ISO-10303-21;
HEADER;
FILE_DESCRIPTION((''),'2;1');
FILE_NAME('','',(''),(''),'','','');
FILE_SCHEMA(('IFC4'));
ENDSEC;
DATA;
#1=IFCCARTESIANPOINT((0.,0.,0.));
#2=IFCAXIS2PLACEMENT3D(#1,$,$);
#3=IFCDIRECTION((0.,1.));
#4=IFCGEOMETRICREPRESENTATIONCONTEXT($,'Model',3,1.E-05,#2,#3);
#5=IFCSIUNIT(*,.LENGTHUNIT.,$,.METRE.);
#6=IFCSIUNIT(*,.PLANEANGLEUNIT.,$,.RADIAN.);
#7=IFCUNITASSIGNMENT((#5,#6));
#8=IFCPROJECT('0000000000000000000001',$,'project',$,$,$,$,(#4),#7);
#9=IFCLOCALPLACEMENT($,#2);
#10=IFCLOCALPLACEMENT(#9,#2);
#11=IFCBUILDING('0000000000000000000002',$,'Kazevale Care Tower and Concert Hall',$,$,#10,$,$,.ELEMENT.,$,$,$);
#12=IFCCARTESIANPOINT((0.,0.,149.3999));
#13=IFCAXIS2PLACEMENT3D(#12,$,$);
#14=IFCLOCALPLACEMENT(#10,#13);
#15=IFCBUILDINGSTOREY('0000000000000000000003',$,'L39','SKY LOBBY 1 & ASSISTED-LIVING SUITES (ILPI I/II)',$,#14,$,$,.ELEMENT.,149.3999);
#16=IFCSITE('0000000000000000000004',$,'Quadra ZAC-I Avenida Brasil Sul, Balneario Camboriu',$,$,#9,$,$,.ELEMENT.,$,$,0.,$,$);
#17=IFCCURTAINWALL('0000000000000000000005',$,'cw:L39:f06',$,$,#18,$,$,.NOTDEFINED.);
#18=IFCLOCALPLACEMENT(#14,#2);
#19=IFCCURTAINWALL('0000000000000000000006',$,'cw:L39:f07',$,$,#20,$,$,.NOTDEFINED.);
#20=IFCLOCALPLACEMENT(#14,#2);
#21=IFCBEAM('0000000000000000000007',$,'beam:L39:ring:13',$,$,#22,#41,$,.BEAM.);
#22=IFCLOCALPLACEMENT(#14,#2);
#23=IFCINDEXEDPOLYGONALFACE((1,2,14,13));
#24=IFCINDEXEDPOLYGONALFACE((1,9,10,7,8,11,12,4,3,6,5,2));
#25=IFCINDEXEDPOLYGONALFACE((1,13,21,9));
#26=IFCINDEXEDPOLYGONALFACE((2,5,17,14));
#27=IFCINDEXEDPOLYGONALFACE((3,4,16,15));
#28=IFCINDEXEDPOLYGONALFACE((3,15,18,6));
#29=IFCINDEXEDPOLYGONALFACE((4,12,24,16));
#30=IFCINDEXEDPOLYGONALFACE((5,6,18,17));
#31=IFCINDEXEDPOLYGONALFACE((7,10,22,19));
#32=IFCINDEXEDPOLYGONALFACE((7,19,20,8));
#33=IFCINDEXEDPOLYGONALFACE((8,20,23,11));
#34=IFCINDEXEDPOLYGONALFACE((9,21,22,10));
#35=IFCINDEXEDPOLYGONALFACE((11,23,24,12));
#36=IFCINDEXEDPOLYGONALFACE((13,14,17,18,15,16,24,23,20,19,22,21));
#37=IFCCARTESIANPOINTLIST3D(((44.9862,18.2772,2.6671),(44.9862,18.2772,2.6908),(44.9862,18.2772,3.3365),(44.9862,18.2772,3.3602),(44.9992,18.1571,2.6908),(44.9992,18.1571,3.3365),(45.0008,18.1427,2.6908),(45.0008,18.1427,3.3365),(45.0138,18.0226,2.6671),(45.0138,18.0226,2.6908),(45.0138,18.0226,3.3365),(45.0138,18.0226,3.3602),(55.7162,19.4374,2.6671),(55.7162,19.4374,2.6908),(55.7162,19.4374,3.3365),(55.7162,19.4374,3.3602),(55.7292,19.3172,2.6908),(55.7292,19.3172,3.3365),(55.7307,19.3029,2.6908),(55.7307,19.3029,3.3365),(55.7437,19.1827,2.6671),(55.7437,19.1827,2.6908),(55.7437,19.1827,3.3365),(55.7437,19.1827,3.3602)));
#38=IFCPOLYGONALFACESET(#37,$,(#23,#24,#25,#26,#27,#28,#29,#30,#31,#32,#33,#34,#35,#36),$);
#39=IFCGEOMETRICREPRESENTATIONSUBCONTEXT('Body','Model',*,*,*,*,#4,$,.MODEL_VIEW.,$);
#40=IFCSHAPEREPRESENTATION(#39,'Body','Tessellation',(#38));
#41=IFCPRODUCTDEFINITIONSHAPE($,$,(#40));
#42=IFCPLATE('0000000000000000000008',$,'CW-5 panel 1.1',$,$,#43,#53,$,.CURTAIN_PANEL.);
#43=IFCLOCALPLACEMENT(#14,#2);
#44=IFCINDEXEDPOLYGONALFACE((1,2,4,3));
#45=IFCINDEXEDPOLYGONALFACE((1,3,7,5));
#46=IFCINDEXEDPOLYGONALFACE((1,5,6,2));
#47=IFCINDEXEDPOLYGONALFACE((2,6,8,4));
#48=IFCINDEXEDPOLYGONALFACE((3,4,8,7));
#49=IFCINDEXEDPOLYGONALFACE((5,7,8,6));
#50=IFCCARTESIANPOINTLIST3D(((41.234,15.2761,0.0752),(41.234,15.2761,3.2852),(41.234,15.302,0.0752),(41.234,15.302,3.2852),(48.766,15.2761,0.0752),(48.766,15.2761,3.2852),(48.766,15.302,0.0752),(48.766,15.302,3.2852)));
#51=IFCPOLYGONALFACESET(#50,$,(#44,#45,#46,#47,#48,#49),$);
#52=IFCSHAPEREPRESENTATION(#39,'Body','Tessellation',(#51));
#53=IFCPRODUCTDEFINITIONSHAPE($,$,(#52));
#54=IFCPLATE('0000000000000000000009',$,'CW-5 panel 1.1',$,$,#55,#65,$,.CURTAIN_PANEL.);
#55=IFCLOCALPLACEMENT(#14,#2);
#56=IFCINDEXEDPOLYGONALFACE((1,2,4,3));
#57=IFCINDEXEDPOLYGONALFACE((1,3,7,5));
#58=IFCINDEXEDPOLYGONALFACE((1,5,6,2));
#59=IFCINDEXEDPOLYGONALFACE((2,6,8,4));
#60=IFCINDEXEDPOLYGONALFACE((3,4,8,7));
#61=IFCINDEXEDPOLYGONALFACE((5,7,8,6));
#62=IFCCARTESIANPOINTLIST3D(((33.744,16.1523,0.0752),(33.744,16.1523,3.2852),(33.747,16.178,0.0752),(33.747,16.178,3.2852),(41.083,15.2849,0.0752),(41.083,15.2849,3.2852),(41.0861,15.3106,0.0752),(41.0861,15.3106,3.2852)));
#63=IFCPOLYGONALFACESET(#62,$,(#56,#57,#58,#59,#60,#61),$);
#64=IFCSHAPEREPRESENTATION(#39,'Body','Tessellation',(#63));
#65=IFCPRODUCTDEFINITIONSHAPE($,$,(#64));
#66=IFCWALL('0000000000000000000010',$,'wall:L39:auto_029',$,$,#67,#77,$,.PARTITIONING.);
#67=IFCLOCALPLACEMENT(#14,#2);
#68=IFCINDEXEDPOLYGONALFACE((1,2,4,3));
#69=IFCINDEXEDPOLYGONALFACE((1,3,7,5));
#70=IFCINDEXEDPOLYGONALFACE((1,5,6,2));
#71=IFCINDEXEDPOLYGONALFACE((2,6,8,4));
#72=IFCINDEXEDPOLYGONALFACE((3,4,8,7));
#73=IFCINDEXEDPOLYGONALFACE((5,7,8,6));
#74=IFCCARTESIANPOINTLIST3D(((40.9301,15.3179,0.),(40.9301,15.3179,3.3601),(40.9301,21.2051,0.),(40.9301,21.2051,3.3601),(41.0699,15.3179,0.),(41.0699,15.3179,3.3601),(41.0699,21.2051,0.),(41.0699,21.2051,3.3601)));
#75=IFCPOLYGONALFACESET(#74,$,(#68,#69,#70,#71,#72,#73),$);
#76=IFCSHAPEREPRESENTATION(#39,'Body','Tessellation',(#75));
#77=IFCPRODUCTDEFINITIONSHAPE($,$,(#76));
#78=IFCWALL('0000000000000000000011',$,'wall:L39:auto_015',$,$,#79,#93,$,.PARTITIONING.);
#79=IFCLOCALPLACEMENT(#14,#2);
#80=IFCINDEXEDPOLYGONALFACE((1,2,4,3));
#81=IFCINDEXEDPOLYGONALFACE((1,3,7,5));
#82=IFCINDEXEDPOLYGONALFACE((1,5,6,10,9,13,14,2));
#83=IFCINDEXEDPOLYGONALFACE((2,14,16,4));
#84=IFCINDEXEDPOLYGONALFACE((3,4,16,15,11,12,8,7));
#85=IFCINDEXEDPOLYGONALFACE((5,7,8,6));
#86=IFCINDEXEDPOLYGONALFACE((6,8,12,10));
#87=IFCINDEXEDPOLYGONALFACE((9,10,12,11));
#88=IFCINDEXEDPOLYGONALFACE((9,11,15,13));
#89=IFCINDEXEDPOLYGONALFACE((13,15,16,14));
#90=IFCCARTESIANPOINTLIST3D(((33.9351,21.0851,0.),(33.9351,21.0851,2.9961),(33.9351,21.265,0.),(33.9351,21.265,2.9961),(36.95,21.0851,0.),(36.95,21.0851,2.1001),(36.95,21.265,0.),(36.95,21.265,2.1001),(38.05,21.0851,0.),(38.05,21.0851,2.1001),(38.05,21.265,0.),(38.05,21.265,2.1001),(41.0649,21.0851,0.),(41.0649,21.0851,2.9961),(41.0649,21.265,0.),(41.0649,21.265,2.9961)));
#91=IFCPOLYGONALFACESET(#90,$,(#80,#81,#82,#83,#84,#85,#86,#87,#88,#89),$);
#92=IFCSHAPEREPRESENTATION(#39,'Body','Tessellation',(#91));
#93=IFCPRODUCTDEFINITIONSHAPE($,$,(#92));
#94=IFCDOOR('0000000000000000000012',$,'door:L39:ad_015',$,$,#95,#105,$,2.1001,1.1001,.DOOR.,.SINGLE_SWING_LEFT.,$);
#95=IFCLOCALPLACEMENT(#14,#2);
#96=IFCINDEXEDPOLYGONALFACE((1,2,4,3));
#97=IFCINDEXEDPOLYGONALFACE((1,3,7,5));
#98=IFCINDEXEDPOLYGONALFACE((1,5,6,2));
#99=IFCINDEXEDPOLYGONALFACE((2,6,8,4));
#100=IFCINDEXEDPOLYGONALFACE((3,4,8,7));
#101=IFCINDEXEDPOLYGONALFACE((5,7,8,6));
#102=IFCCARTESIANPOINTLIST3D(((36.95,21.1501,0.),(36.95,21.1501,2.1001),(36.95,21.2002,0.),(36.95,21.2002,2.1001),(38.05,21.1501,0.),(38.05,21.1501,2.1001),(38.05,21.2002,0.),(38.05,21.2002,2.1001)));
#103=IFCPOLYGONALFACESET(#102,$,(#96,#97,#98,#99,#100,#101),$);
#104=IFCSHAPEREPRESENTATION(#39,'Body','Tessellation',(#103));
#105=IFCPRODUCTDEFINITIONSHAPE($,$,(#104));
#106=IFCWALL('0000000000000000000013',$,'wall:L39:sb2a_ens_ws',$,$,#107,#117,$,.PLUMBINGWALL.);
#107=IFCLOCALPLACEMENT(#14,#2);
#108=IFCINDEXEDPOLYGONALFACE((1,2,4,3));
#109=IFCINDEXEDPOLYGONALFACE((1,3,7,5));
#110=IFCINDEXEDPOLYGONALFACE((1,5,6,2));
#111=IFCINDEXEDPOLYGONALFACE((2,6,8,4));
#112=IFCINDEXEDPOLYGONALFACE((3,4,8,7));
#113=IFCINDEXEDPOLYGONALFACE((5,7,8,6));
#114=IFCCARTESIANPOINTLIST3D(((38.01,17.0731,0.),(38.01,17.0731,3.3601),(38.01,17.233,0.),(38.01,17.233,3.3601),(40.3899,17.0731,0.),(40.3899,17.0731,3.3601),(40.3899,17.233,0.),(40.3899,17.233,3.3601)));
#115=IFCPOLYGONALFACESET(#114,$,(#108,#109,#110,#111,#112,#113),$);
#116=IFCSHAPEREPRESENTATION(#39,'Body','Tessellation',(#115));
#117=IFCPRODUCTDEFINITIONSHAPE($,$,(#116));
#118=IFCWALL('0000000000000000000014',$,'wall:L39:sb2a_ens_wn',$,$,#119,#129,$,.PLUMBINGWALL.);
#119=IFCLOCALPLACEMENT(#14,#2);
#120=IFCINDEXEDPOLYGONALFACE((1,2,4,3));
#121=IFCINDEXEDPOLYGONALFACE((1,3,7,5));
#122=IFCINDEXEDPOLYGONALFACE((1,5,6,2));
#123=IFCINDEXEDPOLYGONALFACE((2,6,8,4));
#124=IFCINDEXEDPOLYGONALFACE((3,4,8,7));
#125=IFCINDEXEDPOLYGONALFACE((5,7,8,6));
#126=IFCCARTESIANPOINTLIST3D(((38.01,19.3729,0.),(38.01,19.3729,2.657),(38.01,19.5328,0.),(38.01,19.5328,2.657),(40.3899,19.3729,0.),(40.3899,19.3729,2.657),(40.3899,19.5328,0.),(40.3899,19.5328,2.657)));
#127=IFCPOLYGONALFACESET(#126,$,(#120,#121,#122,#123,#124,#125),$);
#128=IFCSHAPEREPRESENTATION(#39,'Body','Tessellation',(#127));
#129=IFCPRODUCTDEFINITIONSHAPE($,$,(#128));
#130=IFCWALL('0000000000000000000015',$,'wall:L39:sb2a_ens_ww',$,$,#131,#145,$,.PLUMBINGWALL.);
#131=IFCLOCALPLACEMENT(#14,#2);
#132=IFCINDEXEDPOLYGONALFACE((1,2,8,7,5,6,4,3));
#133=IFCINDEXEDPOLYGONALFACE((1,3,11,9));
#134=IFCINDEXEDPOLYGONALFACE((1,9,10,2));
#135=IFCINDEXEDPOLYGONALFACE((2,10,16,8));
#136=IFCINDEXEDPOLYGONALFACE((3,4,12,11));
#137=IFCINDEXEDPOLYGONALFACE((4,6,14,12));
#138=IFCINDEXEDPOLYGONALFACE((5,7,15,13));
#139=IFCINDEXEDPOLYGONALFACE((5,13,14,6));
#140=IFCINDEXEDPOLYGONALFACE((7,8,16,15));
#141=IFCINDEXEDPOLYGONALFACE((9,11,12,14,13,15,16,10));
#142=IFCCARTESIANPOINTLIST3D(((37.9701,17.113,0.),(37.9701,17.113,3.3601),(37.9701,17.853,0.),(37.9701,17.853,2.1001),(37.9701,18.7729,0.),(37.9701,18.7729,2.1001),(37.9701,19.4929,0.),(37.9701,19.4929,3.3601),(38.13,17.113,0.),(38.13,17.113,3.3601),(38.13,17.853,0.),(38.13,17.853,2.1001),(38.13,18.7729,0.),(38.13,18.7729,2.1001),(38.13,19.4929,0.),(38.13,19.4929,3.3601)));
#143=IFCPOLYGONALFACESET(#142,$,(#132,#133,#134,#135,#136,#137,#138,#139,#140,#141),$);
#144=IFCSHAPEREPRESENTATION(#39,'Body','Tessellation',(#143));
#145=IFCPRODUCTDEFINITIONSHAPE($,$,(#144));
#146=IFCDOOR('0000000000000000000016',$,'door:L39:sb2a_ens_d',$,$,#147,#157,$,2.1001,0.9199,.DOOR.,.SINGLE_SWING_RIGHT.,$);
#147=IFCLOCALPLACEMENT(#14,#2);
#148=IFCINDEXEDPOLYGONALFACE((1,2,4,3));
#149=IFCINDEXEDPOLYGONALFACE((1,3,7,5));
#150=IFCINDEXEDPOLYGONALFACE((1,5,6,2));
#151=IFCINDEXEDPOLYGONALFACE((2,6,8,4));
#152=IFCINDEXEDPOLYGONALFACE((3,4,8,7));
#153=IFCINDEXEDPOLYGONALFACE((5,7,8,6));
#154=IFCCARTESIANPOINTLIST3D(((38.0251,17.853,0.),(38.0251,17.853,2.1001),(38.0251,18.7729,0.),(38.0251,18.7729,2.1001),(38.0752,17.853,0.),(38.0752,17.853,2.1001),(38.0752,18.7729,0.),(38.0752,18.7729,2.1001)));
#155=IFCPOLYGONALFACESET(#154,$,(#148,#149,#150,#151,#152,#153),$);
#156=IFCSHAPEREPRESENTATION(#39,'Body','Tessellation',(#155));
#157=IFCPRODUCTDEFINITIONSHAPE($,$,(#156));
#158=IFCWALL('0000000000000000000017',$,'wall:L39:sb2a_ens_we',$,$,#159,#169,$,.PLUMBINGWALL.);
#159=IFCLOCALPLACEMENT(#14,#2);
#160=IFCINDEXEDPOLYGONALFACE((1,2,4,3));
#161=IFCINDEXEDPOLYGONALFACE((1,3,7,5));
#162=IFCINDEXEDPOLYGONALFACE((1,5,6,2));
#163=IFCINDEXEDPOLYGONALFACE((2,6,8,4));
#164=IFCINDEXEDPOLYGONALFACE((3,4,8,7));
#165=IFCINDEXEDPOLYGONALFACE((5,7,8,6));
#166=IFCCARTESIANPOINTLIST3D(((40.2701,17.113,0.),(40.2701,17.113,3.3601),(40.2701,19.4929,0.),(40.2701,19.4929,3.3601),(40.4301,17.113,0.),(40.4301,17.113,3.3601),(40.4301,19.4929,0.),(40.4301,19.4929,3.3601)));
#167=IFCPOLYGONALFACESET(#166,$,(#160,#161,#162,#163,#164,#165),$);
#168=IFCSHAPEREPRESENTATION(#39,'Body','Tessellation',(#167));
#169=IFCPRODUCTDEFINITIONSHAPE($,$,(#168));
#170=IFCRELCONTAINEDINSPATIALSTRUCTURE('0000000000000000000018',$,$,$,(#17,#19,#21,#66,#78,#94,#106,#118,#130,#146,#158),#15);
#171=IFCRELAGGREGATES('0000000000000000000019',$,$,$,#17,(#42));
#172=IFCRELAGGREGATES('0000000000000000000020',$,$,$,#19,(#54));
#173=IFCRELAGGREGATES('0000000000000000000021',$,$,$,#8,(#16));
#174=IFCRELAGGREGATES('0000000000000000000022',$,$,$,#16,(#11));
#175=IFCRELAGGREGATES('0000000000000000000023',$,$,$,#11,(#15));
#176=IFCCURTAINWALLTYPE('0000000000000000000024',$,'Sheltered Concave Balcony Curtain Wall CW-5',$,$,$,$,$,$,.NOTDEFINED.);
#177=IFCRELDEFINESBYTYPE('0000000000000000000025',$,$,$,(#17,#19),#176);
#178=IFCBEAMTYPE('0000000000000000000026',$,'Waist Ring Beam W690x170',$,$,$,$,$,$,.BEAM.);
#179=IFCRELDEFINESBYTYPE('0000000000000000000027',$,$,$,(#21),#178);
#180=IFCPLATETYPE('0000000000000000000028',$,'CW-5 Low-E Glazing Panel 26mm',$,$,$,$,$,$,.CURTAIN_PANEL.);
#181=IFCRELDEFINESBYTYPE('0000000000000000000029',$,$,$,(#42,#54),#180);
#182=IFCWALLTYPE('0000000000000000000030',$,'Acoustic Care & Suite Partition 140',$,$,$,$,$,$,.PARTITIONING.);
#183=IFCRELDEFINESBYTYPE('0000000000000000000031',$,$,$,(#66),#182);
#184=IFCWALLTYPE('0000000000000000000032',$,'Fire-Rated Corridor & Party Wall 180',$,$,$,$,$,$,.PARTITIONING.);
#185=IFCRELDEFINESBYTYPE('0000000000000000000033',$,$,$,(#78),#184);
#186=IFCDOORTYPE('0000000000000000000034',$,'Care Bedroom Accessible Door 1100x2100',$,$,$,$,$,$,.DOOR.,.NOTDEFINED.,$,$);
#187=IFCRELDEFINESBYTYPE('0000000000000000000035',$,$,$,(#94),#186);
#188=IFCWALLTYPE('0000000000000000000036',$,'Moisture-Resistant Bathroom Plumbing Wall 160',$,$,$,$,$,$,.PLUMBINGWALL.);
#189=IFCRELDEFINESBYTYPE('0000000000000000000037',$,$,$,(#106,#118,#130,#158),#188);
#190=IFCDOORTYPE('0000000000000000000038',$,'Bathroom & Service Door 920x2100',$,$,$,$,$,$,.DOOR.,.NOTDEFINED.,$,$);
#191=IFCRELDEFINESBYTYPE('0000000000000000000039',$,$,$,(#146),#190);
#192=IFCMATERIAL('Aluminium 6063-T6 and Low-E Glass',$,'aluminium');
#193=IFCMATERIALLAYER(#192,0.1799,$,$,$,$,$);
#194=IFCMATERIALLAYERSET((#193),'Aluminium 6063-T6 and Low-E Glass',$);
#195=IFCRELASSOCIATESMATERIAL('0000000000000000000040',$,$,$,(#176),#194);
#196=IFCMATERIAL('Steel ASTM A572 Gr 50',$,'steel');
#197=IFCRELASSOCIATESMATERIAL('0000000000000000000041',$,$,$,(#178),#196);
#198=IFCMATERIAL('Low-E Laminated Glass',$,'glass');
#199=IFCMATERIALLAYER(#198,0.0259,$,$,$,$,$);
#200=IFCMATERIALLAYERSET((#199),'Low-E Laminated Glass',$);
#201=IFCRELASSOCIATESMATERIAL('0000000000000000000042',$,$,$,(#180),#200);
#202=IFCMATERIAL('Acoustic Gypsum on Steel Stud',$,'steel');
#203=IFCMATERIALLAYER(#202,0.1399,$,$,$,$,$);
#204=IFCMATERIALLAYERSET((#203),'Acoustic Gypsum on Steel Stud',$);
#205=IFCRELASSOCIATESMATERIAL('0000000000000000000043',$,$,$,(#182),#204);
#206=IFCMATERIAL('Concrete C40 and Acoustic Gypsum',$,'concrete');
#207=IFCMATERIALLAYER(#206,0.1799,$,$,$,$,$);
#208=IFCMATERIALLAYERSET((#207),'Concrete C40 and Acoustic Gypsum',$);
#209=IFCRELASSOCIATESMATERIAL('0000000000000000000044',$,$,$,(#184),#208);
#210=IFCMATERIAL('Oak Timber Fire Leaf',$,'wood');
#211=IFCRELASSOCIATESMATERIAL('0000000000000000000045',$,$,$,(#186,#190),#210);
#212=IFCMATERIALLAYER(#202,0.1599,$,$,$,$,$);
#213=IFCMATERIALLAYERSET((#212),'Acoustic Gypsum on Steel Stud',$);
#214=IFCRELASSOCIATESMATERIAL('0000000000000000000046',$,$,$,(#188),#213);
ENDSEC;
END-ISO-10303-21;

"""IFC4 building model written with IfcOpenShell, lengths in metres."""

from ifc_helpers import new_model, si_unit, direction, frame, frame_2d, origin, origin_2d, place, context, subcontext, project, spatial, rectangle, i_section, extrude, material, layer, layer_set, material_profile, profile_set, type_object, element, fill, aggregate, save


model = new_model("IFC4")

# Units and contexts
model_context = context("Model", 3, precision=1e-05, world=origin(), true_north=direction((0.0, 1.0)))
body_context = subcontext(model_context, "Body", "Model", "MODEL_VIEW")
ifc_project = project(units=[si_unit("LENGTHUNIT", "METRE"), si_unit("PLANEANGLEUNIT", "RADIAN")], contexts=[model_context])

# Site, building, storey
site_placement = place(None, origin())
site = spatial("IfcSite", under=ifc_project, at=site_placement, Name="Quadra ZAC-I Avenida Brasil Sul, Balneario Camboriu", CompositionType="ELEMENT", RefElevation=0.0)
building_placement = place(site_placement, origin())
building = spatial("IfcBuilding", under=site, at=building_placement, Name="Kazevale Care Tower and Concert Hall", CompositionType="ELEMENT")
storey_placement = place(building_placement, frame((0.0, 0.0, 149.3999)))
storey = spatial("IfcBuildingStorey", under=building, at=storey_placement, Name="L39", Description="SKY LOBBY 1 & ASSISTED-LIVING SUITES (ILPI I/II)", CompositionType="ELEMENT", Elevation=149.3999)

# Curtain wall
ifc_material_1 = material(Name="Aluminium 6063-T6 and Low-E Glass", Category="aluminium")
ifc_layer_1 = layer(ifc_material_1, 0.1799)
ifc_layer_set_1 = layer_set([ifc_layer_1], Name="Aluminium 6063-T6 and Low-E Glass")
curtain_wall_type = type_object("IfcCurtainWallType", Name="Sheltered Concave Balcony Curtain Wall CW-5", PredefinedType="NOTDEFINED", material=ifc_layer_set_1)
curtain_wall_1_placement = place(storey_placement, origin())
curtain_wall_1 = element("IfcCurtainWall", 1, at=curtain_wall_1_placement, inside=storey, type_object=curtain_wall_type, Name="cw:L39:f06", PredefinedType="NOTDEFINED")

# Curtain wall
curtain_wall_2_placement = place(storey_placement, origin())
curtain_wall_2 = element("IfcCurtainWall", 2, at=curtain_wall_2_placement, inside=storey, type_object=curtain_wall_type, Name="cw:L39:f07", PredefinedType="NOTDEFINED")

# Beam
ifc_material_2 = material(Name="Steel ASTM A572 Gr 50", Category="steel")
ifc_material_profile_1 = material_profile(ifc_material_2, i_section(OverallWidth=0.2561, OverallDepth=0.6931, WebThickness=0.0144, FlangeThickness=0.0237, at=origin_2d()), Name="W690x170")
ifc_profile_set_1 = profile_set([ifc_material_profile_1], Name="Steel ASTM A572 Gr 50")
beam_type_1 = type_object("IfcBeamType", Name="Waist Ring Beam W690x170", PredefinedType="BEAM", material=ifc_profile_set_1)
beam_1_placement = place(storey_placement, frame((45.0, 18.1499, 3.0137), z_axis=(0.994205, 0.107496, 0.0), x_axis=(-0.107496, 0.994205, 0.0)))
element("IfcBeam", 3, at=beam_1_placement, inside=storey, type_object=beam_type_1, Name="beam:L39:ring:13", PredefinedType="BEAM", context=body_context, shape_type="SweptSolid", body=[
    extrude(i_section(OverallWidth=0.2561, OverallDepth=0.6931, WebThickness=0.0144, FlangeThickness=0.0237, at=origin_2d()), origin(), (0.0, 0.0, 1.0), 10.7925),
])

# Plates
ifc_material_3 = material(Name="Low-E Laminated Glass", Category="glass")
ifc_layer_2 = layer(ifc_material_3, 0.0259)
ifc_layer_set_2 = layer_set([ifc_layer_2], Name="Low-E Laminated Glass")
plate_type = type_object("IfcPlateType", Name="CW-5 Low-E Glazing Panel 26mm", PredefinedType="CURTAIN_PANEL", material=ifc_layer_set_2)
plate_1_placement = place(storey_placement, frame((45.0, 15.2891, 0.0752), z_axis=(0.0, 0.0, 1.0), x_axis=(-1.0, 0.0, 0.0)))
plate_1 = element("IfcPlate", 4, at=plate_1_placement, type_object=plate_type, Name="CW-5 panel 1.1", PredefinedType="CURTAIN_PANEL", context=body_context, shape_type="SweptSolid", body=[
    extrude(rectangle(XDim=7.532, YDim=0.0259, at=origin_2d()), origin(), (0.0, 0.0, 1.0), 3.21),
])
aggregate(curtain_wall_1, [plate_1])
plate_2_placement = place(storey_placement, frame((37.415, 15.7314, 0.0752), z_axis=(0.0, 0.0, 1.0), x_axis=(-0.993088, 0.117372, 0.0)))
plate_2 = element("IfcPlate", 5, at=plate_2_placement, type_object=plate_type, Name="CW-5 panel 1.1", PredefinedType="CURTAIN_PANEL", context=body_context, shape_type="SweptSolid", body=[
    extrude(rectangle(XDim=7.3901, YDim=0.0259, at=origin_2d()), origin(), (0.0, 0.0, 1.0), 3.21),
])
aggregate(curtain_wall_2, [plate_2])

# Wall
ifc_material_4 = material(Name="Acoustic Gypsum on Steel Stud", Category="steel")
ifc_layer_3 = layer(ifc_material_4, 0.1399)
ifc_layer_set_3 = layer_set([ifc_layer_3], Name="Acoustic Gypsum on Steel Stud")
wall_type_1 = type_object("IfcWallType", Name="Acoustic Care & Suite Partition 140", PredefinedType="PARTITIONING", material=ifc_layer_set_3)
wall_1_placement = place(storey_placement, frame((41.0, 21.2051, 0.0), z_axis=(0.0, 0.0, 1.0), x_axis=(0.0, -1.0, 0.0)))
element("IfcWall", 6, at=wall_1_placement, inside=storey, type_object=wall_type_1, Name="wall:L39:auto_029", PredefinedType="PARTITIONING", context=body_context, shape_type="SweptSolid", body=[
    extrude(rectangle(XDim=5.8872, YDim=0.1399, at=frame_2d((2.9436, 0.0))), origin(), (0.0, 0.0, 1.0), 3.3601),
])

# Wall, opening, door
ifc_material_5 = material(Name="Concrete C40 and Acoustic Gypsum", Category="concrete")
ifc_layer_4 = layer(ifc_material_5, 0.1799)
ifc_layer_set_4 = layer_set([ifc_layer_4], Name="Concrete C40 and Acoustic Gypsum")
wall_type_2 = type_object("IfcWallType", Name="Fire-Rated Corridor & Party Wall 180", PredefinedType="PARTITIONING", material=ifc_layer_set_4)
wall_2_placement = place(storey_placement, frame((41.0649, 21.175, 0.0), z_axis=(0.0, 0.0, 1.0), x_axis=(-1.0, 0.0, 0.0)))
wall_2 = element("IfcWall", 7, at=wall_2_placement, inside=storey, type_object=wall_type_2, Name="wall:L39:auto_015", PredefinedType="PARTITIONING", context=body_context, shape_type="SweptSolid", body=[
    extrude(rectangle(XDim=7.1299, YDim=0.1799, at=frame_2d((3.5649, 0.0))), origin(), (0.0, 0.0, 1.0), 2.9961),
])
opening_1_placement = place(wall_2_placement, frame((3.0149, 0.0, 0.0)))
opening_1 = element("IfcOpeningElement", 8, at=opening_1_placement, cuts=wall_2, PredefinedType="OPENING", context=body_context, shape_type="SweptSolid", body=[
    extrude(rectangle(XDim=1.1001, YDim=2.1001, at=frame_2d((0.55, 1.05))), frame((0.0, 0.0999, 0.0), z_axis=(0.0, -1.0, 0.0), x_axis=(1.0, 0.0, 0.0)), (0.0, 0.0, 1.0), 0.2),
])
ifc_material_6 = material(Name="Oak Timber Fire Leaf", Category="wood")
door_type_1 = type_object("IfcDoorType", Name="Care Bedroom Accessible Door 1100x2100", OperationType="NOTDEFINED", PredefinedType="DOOR", material=ifc_material_6)
door_1_placement = place(opening_1_placement, origin())
door_1 = element("IfcDoor", 9, at=door_1_placement, inside=storey, type_object=door_type_1, Name="door:L39:ad_015", OperationType="SINGLE_SWING_LEFT", OverallHeight=2.1001, OverallWidth=1.1001, PredefinedType="DOOR", context=body_context, shape_type="SweptSolid", body=[
    extrude(rectangle(XDim=1.1001, YDim=2.1001, at=frame_2d((0.55, 1.05))), frame((0.0, 0.0249, 0.0), z_axis=(0.0, -1.0, 0.0), x_axis=(1.0, 0.0, 0.0)), (0.0, 0.0, 1.0), 0.05),
])
fill(opening_1, door_1)

# Walls
ifc_layer_5 = layer(ifc_material_4, 0.1599)
ifc_layer_set_5 = layer_set([ifc_layer_5], Name="Acoustic Gypsum on Steel Stud")
wall_type_3 = type_object("IfcWallType", Name="Moisture-Resistant Bathroom Plumbing Wall 160", PredefinedType="PLUMBINGWALL", material=ifc_layer_set_5)
wall_3_placement = place(storey_placement, frame((38.01, 17.1531, 0.0), z_axis=(0.0, 0.0, 1.0), x_axis=(1.0, 0.0, 0.0)))
element("IfcWall", 10, at=wall_3_placement, inside=storey, type_object=wall_type_3, Name="wall:L39:sb2a_ens_ws", PredefinedType="PLUMBINGWALL", context=body_context, shape_type="SweptSolid", body=[
    extrude(rectangle(XDim=2.3799, YDim=0.1599, at=frame_2d((1.1899, 0.0))), origin(), (0.0, 0.0, 1.0), 3.3601),
])
wall_4_placement = place(storey_placement, frame((38.01, 19.4529, 0.0), z_axis=(0.0, 0.0, 1.0), x_axis=(1.0, 0.0, 0.0)))
element("IfcWall", 11, at=wall_4_placement, inside=storey, type_object=wall_type_3, Name="wall:L39:sb2a_ens_wn", PredefinedType="PLUMBINGWALL", context=body_context, shape_type="SweptSolid", body=[
    extrude(rectangle(XDim=2.3799, YDim=0.1599, at=frame_2d((1.1899, 0.0))), origin(), (0.0, 0.0, 1.0), 2.657),
])

# Wall, opening, door
wall_5_placement = place(storey_placement, frame((38.05, 17.113, 0.0), z_axis=(0.0, 0.0, 1.0), x_axis=(0.0, 1.0, 0.0)))
wall_5 = element("IfcWall", 12, at=wall_5_placement, inside=storey, type_object=wall_type_3, Name="wall:L39:sb2a_ens_ww", PredefinedType="PLUMBINGWALL", context=body_context, shape_type="SweptSolid", body=[
    extrude(rectangle(XDim=2.3799, YDim=0.1599, at=frame_2d((1.1899, 0.0))), origin(), (0.0, 0.0, 1.0), 3.3601),
])
opening_2_placement = place(wall_5_placement, frame((0.74, 0.0, 0.0)))
opening_2 = element("IfcOpeningElement", 13, at=opening_2_placement, cuts=wall_5, PredefinedType="OPENING", context=body_context, shape_type="SweptSolid", body=[
    extrude(rectangle(XDim=0.9199, YDim=2.1001, at=frame_2d((0.46, 1.05))), frame((0.0, 0.0898, 0.0), z_axis=(0.0, -1.0, 0.0), x_axis=(1.0, 0.0, 0.0)), (0.0, 0.0, 1.0), 0.1799),
])
door_type_2 = type_object("IfcDoorType", Name="Bathroom & Service Door 920x2100", OperationType="NOTDEFINED", PredefinedType="DOOR", material=ifc_material_6)
door_2_placement = place(opening_2_placement, origin())
door_2 = element("IfcDoor", 14, at=door_2_placement, inside=storey, type_object=door_type_2, Name="door:L39:sb2a_ens_d", OperationType="SINGLE_SWING_RIGHT", OverallHeight=2.1001, OverallWidth=0.9199, PredefinedType="DOOR", context=body_context, shape_type="SweptSolid", body=[
    extrude(rectangle(XDim=0.9199, YDim=2.1001, at=frame_2d((0.46, 1.05))), frame((0.0, 0.0249, 0.0), z_axis=(0.0, -1.0, 0.0), x_axis=(1.0, 0.0, 0.0)), (0.0, 0.0, 1.0), 0.05),
])
fill(opening_2, door_2)

# Wall
wall_6_placement = place(storey_placement, frame((40.3501, 17.113, 0.0), z_axis=(0.0, 0.0, 1.0), x_axis=(0.0, 1.0, 0.0)))
element("IfcWall", 15, at=wall_6_placement, inside=storey, type_object=wall_type_3, Name="wall:L39:sb2a_ens_we", PredefinedType="PLUMBINGWALL", context=body_context, shape_type="SweptSolid", body=[
    extrude(rectangle(XDim=2.3799, YDim=0.1599, at=frame_2d((1.1899, 0.0))), origin(), (0.0, 0.0, 1.0), 3.3601),
])

save(model, "model.ifc")
